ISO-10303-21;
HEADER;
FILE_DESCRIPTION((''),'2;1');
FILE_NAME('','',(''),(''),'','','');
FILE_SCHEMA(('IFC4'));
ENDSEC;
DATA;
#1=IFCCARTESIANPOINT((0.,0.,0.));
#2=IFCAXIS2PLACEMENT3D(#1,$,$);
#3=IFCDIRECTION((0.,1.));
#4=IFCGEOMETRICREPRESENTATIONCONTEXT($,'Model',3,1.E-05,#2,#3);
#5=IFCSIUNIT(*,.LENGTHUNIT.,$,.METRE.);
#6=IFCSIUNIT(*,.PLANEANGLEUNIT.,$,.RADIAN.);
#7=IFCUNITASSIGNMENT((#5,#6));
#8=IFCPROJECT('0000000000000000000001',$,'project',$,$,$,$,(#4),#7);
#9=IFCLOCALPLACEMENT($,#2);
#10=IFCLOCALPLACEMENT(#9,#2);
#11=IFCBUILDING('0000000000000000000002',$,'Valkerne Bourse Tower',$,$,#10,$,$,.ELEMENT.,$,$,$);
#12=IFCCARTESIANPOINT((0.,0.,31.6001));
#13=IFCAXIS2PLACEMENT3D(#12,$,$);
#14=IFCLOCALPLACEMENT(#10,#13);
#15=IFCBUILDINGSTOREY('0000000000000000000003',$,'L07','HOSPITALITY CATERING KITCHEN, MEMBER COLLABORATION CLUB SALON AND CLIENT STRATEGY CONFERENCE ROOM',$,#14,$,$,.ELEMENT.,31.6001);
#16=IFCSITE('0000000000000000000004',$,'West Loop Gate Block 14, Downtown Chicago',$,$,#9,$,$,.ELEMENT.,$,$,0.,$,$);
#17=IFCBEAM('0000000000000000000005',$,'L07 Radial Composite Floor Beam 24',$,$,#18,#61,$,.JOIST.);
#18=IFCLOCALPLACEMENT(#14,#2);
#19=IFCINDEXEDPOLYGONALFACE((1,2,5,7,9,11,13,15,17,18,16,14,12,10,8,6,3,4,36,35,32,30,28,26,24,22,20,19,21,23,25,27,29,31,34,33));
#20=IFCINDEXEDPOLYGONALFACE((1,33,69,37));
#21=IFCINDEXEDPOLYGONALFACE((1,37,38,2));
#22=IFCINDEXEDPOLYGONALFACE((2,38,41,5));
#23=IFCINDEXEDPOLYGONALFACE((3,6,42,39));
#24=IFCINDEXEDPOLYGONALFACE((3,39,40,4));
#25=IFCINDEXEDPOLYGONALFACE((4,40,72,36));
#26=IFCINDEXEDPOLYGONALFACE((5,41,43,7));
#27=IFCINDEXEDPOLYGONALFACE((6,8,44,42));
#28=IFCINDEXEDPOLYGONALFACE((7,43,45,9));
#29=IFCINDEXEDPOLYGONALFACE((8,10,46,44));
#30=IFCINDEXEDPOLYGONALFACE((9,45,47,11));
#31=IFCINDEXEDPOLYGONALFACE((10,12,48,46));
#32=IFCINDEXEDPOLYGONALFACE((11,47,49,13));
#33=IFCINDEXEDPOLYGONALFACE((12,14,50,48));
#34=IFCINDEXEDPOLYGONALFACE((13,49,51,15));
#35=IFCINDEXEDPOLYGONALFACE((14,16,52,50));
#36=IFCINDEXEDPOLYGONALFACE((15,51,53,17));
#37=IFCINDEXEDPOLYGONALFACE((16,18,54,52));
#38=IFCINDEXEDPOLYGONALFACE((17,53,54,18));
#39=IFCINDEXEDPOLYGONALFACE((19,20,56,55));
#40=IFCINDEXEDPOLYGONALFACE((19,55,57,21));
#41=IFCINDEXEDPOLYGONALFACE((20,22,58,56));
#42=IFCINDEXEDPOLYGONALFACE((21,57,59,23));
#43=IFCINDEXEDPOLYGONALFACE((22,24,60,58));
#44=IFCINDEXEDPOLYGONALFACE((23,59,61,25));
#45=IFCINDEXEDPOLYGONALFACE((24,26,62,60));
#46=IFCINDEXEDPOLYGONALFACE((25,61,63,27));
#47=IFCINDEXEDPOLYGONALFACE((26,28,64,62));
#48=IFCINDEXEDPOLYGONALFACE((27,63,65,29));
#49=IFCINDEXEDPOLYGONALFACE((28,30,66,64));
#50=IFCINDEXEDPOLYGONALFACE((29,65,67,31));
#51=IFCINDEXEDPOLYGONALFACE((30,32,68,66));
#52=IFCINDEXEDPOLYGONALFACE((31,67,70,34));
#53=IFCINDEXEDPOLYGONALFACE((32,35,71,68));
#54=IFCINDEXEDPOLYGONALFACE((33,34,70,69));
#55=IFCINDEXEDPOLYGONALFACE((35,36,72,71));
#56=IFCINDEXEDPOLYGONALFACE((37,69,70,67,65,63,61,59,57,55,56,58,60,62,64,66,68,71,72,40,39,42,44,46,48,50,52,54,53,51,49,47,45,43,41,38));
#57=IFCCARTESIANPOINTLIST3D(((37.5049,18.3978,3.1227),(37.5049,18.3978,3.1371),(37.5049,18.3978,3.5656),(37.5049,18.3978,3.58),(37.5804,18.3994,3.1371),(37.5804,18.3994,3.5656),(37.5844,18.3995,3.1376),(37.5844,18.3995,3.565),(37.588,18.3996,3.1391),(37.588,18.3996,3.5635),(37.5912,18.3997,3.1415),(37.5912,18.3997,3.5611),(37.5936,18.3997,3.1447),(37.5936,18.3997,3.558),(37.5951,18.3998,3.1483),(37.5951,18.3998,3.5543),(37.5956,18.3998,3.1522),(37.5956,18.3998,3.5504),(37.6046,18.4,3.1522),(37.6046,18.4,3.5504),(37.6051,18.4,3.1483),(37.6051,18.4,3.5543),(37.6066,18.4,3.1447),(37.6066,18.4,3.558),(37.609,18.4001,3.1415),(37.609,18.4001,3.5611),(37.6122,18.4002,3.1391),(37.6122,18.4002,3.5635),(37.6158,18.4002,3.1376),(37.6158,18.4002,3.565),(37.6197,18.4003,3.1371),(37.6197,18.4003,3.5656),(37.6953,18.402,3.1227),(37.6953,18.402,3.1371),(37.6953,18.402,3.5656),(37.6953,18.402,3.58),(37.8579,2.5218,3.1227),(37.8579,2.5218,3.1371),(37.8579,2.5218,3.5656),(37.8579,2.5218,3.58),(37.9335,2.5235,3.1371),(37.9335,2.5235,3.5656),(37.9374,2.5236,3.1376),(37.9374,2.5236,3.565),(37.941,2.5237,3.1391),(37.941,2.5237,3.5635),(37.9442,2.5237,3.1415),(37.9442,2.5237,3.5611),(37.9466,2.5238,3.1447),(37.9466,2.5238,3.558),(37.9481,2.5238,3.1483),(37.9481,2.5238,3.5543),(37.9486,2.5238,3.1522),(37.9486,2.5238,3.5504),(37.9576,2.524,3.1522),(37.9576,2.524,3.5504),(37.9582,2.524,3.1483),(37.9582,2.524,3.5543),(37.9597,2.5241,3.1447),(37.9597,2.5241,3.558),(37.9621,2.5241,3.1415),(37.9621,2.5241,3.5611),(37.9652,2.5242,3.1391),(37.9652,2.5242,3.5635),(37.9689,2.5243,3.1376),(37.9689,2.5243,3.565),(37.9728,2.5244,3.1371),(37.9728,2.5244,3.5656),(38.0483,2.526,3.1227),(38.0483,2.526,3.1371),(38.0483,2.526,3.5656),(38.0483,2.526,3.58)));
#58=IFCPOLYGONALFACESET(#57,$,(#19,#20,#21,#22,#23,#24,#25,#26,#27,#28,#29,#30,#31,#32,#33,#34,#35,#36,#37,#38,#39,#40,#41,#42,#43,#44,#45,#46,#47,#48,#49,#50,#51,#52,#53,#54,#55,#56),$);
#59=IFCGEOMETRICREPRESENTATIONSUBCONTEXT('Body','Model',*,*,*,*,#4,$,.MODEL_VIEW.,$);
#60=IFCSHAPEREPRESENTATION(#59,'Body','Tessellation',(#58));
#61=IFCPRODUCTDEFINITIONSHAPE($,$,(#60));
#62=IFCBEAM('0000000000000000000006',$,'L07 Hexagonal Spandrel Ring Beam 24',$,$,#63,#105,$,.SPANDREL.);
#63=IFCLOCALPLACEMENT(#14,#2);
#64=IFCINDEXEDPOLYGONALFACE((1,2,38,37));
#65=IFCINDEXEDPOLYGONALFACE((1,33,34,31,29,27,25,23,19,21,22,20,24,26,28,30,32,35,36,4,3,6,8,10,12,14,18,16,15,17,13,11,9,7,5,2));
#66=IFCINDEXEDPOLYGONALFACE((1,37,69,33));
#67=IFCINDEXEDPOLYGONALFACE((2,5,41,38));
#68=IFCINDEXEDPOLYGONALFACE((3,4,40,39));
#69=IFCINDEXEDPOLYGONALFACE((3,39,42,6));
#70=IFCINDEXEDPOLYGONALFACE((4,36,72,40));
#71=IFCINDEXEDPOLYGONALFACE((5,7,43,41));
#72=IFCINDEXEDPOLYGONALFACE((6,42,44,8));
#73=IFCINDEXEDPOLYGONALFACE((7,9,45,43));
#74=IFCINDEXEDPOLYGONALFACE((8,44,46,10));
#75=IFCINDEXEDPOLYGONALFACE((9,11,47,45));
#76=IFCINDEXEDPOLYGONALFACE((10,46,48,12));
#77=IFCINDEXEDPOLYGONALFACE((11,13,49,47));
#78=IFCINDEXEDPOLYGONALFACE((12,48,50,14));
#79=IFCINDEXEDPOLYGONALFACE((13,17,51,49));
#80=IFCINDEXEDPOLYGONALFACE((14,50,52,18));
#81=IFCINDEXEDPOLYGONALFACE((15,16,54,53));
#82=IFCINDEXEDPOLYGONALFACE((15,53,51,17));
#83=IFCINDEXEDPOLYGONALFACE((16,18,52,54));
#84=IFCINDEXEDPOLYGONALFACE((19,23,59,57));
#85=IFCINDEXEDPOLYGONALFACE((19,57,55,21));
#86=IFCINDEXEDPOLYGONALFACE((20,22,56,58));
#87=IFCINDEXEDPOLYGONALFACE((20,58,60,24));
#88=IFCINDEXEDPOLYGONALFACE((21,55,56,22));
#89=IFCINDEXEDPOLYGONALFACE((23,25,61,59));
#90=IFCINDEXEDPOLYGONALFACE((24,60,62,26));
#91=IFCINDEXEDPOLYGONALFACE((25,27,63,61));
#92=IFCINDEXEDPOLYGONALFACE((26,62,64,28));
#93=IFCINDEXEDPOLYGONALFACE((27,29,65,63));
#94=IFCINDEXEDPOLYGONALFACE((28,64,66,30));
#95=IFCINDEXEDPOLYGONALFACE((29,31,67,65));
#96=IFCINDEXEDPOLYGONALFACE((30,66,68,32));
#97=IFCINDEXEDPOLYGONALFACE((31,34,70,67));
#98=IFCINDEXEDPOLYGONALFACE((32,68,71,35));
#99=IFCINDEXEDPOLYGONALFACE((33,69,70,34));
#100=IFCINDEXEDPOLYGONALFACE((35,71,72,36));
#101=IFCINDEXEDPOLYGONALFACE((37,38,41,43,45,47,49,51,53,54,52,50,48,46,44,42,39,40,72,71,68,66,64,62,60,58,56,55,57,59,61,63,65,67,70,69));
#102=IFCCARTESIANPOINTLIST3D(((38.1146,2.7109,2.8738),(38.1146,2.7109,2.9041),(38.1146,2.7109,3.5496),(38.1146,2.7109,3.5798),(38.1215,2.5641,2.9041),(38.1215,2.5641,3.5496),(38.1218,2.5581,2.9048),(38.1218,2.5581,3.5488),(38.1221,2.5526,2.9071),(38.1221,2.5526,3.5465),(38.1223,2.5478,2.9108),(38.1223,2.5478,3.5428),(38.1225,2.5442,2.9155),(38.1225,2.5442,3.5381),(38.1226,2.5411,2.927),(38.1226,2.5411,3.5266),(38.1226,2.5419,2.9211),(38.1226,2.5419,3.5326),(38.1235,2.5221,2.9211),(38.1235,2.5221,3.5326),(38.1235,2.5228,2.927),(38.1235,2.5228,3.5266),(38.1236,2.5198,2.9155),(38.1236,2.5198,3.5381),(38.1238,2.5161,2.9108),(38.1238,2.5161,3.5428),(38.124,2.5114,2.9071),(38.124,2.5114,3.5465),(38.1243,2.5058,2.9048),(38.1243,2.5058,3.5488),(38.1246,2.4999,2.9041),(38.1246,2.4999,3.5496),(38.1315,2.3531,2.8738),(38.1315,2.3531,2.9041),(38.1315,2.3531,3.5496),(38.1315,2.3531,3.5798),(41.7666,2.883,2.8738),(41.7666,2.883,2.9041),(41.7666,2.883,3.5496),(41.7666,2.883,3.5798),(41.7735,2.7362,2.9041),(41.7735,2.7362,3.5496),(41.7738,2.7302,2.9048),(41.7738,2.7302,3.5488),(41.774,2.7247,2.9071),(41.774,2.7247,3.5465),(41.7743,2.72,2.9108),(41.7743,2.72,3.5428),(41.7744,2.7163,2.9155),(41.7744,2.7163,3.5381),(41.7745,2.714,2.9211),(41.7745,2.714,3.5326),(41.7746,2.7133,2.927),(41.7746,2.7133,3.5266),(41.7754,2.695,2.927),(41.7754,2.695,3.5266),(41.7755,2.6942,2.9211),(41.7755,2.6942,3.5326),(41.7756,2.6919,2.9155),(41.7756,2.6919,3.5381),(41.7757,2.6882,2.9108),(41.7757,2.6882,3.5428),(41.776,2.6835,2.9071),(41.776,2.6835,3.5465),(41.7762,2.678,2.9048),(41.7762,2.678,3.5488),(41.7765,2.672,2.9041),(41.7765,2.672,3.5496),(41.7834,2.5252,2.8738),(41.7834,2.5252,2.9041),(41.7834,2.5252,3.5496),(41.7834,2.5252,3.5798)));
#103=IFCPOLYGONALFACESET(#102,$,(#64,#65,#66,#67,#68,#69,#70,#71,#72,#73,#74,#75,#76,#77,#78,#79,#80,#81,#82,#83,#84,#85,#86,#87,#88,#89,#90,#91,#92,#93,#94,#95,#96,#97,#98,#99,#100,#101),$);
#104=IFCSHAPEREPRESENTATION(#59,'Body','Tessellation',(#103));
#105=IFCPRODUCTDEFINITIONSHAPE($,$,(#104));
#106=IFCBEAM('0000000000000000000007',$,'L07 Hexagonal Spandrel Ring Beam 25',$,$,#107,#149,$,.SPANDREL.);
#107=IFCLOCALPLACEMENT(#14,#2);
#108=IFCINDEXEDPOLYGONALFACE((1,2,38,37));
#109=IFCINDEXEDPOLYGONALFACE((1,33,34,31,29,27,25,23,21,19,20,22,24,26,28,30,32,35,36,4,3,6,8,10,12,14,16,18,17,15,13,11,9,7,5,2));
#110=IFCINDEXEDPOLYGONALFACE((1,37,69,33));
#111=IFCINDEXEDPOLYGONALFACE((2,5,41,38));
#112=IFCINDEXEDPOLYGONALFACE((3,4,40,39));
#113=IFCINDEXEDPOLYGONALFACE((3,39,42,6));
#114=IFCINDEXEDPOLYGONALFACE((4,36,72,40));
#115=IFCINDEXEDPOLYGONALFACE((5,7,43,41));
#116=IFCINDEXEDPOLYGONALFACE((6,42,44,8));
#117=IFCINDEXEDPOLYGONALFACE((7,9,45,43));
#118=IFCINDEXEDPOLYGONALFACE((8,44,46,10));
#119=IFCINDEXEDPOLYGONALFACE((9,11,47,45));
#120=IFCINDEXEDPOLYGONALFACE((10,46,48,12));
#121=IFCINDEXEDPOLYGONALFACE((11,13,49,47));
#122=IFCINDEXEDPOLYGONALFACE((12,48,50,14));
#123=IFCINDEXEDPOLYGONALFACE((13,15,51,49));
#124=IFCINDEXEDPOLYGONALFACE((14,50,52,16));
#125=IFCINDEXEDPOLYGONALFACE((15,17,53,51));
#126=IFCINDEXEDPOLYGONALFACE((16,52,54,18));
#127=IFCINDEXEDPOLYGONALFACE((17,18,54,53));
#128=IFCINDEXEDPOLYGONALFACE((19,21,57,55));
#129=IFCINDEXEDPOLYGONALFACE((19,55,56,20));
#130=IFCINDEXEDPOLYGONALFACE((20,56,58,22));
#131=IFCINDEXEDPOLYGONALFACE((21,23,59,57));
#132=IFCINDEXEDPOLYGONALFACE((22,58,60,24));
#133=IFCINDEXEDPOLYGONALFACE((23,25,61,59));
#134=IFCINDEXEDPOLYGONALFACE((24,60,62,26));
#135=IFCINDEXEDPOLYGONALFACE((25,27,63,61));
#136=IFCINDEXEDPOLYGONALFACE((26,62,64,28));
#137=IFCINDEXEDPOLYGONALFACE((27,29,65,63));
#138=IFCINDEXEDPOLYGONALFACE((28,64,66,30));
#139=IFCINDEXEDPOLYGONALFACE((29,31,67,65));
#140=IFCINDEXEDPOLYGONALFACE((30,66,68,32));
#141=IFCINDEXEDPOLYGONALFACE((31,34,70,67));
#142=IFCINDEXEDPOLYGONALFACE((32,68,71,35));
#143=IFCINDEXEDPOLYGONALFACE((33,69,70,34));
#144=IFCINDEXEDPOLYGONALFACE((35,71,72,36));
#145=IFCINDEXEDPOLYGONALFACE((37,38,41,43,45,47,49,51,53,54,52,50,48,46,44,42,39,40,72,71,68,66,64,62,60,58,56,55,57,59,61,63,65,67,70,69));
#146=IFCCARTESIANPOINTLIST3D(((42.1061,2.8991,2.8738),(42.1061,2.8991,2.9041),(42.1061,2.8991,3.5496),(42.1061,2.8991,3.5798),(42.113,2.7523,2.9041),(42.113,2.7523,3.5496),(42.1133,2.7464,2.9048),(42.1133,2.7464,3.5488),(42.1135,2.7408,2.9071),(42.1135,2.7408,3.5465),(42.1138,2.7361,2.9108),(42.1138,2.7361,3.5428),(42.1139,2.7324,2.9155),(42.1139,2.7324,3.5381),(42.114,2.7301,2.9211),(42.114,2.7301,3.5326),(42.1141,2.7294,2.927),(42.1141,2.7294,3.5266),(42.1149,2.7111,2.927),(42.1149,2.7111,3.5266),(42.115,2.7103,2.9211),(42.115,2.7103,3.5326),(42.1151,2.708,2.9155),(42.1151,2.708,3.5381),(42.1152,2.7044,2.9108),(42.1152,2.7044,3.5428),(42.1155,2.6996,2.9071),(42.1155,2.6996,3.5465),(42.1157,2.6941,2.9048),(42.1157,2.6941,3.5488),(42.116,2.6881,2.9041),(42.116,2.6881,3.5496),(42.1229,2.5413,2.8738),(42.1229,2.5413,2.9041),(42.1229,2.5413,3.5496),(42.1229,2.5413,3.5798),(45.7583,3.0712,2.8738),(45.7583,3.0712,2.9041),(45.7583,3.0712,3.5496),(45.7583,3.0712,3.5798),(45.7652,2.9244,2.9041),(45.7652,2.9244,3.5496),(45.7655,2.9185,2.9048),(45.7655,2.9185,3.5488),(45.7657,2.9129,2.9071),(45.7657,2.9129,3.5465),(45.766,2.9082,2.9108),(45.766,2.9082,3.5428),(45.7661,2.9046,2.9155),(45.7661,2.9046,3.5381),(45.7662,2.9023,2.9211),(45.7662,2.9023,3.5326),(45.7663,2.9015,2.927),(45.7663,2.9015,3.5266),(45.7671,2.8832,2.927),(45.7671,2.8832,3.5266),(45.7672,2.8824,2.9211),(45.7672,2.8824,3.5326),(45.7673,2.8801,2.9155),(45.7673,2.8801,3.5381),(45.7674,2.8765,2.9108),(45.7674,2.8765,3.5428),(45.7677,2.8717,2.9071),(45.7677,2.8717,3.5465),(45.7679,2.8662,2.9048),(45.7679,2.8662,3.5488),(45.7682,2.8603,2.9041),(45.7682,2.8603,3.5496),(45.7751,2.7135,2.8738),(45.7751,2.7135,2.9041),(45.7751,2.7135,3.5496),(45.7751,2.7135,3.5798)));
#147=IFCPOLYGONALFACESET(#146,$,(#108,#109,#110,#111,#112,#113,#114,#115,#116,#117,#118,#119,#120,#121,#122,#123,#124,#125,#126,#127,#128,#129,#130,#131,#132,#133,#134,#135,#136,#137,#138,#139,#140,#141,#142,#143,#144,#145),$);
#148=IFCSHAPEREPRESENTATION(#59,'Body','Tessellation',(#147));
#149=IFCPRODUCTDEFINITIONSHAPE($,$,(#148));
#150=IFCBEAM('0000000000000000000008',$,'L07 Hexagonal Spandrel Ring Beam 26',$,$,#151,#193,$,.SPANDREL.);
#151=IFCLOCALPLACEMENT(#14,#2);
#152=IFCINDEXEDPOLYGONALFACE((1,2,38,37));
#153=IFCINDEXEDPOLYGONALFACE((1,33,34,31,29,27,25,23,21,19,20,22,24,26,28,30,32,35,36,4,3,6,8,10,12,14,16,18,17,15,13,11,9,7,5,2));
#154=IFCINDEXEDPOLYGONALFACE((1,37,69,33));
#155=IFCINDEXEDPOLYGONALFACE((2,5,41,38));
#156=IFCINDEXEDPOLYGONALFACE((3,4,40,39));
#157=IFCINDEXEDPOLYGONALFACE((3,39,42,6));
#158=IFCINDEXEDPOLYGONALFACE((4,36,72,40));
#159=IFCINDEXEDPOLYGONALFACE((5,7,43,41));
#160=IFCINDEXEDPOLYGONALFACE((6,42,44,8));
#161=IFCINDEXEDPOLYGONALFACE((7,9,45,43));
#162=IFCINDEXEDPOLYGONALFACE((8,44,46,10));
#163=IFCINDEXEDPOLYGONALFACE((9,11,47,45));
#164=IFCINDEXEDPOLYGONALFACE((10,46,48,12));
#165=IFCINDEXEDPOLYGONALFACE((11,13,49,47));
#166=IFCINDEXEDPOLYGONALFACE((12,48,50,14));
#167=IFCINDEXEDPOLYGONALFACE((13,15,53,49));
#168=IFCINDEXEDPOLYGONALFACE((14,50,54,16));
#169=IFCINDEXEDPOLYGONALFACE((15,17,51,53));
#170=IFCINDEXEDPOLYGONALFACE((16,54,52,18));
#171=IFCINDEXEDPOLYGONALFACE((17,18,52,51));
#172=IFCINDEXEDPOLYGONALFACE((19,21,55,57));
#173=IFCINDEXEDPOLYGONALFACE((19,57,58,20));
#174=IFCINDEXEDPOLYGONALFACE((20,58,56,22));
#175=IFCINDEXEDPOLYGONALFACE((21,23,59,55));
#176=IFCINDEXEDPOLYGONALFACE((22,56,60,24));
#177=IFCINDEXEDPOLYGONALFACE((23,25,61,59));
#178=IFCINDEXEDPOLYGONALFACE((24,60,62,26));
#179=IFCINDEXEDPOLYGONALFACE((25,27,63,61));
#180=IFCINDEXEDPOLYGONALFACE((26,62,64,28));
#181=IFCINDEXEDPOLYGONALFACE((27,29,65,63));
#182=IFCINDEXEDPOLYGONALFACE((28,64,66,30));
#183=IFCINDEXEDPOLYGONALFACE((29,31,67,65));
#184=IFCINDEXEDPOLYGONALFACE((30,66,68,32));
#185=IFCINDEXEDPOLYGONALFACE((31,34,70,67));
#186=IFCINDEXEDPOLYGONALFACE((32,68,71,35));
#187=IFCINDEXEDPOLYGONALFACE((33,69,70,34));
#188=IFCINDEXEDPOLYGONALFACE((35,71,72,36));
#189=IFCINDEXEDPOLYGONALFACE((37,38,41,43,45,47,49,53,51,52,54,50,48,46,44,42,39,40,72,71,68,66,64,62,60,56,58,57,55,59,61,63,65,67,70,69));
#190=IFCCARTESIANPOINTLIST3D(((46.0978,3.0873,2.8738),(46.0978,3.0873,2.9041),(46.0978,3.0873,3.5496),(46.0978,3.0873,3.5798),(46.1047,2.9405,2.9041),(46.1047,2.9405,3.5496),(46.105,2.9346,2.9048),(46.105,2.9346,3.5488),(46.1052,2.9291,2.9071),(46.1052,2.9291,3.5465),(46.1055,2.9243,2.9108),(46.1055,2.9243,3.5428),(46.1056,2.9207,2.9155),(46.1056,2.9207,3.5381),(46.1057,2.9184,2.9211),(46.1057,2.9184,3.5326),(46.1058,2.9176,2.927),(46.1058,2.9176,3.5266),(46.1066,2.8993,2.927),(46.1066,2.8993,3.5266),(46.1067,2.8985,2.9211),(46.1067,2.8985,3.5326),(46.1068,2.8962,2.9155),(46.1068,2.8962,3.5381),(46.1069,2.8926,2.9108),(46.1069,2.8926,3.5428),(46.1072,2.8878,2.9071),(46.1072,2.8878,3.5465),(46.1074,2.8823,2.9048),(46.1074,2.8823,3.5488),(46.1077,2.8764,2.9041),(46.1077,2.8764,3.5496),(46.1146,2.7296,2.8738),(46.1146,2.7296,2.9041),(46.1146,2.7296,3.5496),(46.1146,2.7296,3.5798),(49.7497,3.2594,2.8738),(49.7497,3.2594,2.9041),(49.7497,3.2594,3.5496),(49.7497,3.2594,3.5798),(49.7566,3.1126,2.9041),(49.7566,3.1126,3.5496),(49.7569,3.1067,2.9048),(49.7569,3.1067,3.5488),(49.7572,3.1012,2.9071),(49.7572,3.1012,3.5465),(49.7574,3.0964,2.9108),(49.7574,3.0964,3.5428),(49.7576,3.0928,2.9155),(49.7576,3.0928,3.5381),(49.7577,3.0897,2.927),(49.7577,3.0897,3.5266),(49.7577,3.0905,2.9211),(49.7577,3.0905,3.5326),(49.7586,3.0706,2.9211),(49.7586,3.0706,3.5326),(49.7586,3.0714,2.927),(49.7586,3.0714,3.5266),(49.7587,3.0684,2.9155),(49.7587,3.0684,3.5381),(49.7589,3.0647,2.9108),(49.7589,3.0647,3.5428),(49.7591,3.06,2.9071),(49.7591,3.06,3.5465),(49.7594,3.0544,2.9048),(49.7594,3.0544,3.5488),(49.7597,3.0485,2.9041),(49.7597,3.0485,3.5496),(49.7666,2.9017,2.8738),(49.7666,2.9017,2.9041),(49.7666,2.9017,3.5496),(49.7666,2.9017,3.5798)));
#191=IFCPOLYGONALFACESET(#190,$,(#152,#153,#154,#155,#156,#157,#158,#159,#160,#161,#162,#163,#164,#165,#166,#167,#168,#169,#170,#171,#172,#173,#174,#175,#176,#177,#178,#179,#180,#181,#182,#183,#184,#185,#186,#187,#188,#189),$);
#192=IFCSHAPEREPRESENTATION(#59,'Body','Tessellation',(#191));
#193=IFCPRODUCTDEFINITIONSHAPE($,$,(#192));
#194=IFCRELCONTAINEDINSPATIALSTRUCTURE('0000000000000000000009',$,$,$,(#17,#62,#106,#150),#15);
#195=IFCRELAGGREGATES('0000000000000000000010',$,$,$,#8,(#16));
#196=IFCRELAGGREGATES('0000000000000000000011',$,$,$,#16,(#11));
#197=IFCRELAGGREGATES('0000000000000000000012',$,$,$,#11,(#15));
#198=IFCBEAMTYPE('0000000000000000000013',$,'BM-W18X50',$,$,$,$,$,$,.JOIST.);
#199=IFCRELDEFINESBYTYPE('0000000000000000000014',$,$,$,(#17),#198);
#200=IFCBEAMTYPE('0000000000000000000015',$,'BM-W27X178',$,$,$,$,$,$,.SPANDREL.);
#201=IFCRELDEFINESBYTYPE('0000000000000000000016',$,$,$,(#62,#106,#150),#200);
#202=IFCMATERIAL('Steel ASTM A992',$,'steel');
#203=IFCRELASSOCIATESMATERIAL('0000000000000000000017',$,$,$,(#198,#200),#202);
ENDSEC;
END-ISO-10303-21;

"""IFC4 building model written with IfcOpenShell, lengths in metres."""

from ifc_helpers import new_model, si_unit, direction, frame, origin, origin_2d, place, context, subcontext, project, spatial, i_section, extrude, material, material_profile, profile_set, type_object, element, save


model = new_model("IFC4")

# Units and contexts
model_context = context("Model", 3, precision=1e-05, world=origin(), true_north=direction((0.0, 1.0)))
body_context = subcontext(model_context, "Body", "Model", "MODEL_VIEW")
ifc_project = project(units=[si_unit("LENGTHUNIT", "METRE"), si_unit("PLANEANGLEUNIT", "RADIAN")], contexts=[model_context])

# Site, building, storey
site_placement = place(None, origin())
site = spatial("IfcSite", under=ifc_project, at=site_placement, Name="West Loop Gate Block 14, Downtown Chicago", CompositionType="ELEMENT", RefElevation=0.0)
building_placement = place(site_placement, origin())
building = spatial("IfcBuilding", under=site, at=building_placement, Name="Valkerne Bourse Tower", CompositionType="ELEMENT")
storey_placement = place(building_placement, frame((0.0, 0.0, 31.6001)))
storey = spatial("IfcBuildingStorey", under=building, at=storey_placement, Name="L07", Description="HOSPITALITY CATERING KITCHEN, MEMBER COLLABORATION CLUB SALON AND CLIENT STRATEGY CONFERENCE ROOM", CompositionType="ELEMENT", Elevation=31.6001)

# Beams
ifc_material_1 = material(Name="Steel ASTM A992", Category="steel")
ifc_material_profile_1 = material_profile(ifc_material_1, i_section(OverallWidth=0.1904, OverallDepth=0.4573, WebThickness=0.009, FlangeThickness=0.0144, FilletRadius=0.0151, at=origin_2d()), Name="W18X50")
ifc_profile_set_1 = profile_set([ifc_material_profile_1], Name="Steel ASTM A992")
beam_type_1 = type_object("IfcBeamType", Name="BM-W18X50", PredefinedType="JOIST", material=ifc_profile_set_1)
beam_1_placement = place(storey_placement, frame((37.9531, 2.5239, 3.3513), z_axis=(-0.022231, 0.999753, 0.0), x_axis=(-0.999753, -0.022231, 0.0)))
element("IfcBeam", 1, at=beam_1_placement, inside=storey, type_object=beam_type_1, Name="L07 Radial Composite Floor Beam 24", PredefinedType="JOIST", context=body_context, shape_type="SweptSolid", body=[
    extrude(i_section(OverallWidth=0.1904, OverallDepth=0.4573, WebThickness=0.009, FlangeThickness=0.0144, FilletRadius=0.0151, at=origin_2d()), origin(), (0.0, 0.0, 1.0), 15.8799),
])
ifc_material_profile_2 = material_profile(ifc_material_1, i_section(OverallWidth=0.3582, OverallDepth=0.7061, WebThickness=0.0183, FlangeThickness=0.0303, FilletRadius=0.0229, at=origin_2d()), Name="W27X178")
ifc_profile_set_2 = profile_set([ifc_material_profile_2], Name="Steel ASTM A992")
beam_type_2 = type_object("IfcBeamType", Name="BM-W27X178", PredefinedType="SPANDREL", material=ifc_profile_set_2)
beam_2_placement = place(storey_placement, frame((38.123, 2.532, 3.2268), z_axis=(0.998891, 0.04708, 0.0), x_axis=(-0.04708, 0.998891, 0.0)))
element("IfcBeam", 2, at=beam_2_placement, inside=storey, type_object=beam_type_2, Name="L07 Hexagonal Spandrel Ring Beam 24", PredefinedType="SPANDREL", context=body_context, shape_type="SweptSolid", body=[
    extrude(i_section(OverallWidth=0.3582, OverallDepth=0.7061, WebThickness=0.0183, FlangeThickness=0.0303, FilletRadius=0.0229, at=origin_2d()), origin(), (0.0, 0.0, 1.0), 3.656),
])
beam_3_placement = place(storey_placement, frame((42.1145, 2.7202, 3.2268), z_axis=(0.998891, 0.047077, 0.0), x_axis=(-0.047077, 0.998891, 0.0)))
element("IfcBeam", 3, at=beam_3_placement, inside=storey, type_object=beam_type_2, Name="L07 Hexagonal Spandrel Ring Beam 25", PredefinedType="SPANDREL", context=body_context, shape_type="SweptSolid", body=[
    extrude(i_section(OverallWidth=0.3582, OverallDepth=0.7061, WebThickness=0.0183, FlangeThickness=0.0303, FilletRadius=0.0229, at=origin_2d()), origin(), (0.0, 0.0, 1.0), 3.6562),
])
beam_4_placement = place(storey_placement, frame((46.1062, 2.9084, 3.2268), z_axis=(0.998891, 0.04708, 0.0), x_axis=(-0.04708, 0.998891, 0.0)))
element("IfcBeam", 4, at=beam_4_placement, inside=storey, type_object=beam_type_2, Name="L07 Hexagonal Spandrel Ring Beam 26", PredefinedType="SPANDREL", context=body_context, shape_type="SweptSolid", body=[
    extrude(i_section(OverallWidth=0.3582, OverallDepth=0.7061, WebThickness=0.0183, FlangeThickness=0.0303, FilletRadius=0.0229, at=origin_2d()), origin(), (0.0, 0.0, 1.0), 3.656),
])

save(model, "model.ifc")
